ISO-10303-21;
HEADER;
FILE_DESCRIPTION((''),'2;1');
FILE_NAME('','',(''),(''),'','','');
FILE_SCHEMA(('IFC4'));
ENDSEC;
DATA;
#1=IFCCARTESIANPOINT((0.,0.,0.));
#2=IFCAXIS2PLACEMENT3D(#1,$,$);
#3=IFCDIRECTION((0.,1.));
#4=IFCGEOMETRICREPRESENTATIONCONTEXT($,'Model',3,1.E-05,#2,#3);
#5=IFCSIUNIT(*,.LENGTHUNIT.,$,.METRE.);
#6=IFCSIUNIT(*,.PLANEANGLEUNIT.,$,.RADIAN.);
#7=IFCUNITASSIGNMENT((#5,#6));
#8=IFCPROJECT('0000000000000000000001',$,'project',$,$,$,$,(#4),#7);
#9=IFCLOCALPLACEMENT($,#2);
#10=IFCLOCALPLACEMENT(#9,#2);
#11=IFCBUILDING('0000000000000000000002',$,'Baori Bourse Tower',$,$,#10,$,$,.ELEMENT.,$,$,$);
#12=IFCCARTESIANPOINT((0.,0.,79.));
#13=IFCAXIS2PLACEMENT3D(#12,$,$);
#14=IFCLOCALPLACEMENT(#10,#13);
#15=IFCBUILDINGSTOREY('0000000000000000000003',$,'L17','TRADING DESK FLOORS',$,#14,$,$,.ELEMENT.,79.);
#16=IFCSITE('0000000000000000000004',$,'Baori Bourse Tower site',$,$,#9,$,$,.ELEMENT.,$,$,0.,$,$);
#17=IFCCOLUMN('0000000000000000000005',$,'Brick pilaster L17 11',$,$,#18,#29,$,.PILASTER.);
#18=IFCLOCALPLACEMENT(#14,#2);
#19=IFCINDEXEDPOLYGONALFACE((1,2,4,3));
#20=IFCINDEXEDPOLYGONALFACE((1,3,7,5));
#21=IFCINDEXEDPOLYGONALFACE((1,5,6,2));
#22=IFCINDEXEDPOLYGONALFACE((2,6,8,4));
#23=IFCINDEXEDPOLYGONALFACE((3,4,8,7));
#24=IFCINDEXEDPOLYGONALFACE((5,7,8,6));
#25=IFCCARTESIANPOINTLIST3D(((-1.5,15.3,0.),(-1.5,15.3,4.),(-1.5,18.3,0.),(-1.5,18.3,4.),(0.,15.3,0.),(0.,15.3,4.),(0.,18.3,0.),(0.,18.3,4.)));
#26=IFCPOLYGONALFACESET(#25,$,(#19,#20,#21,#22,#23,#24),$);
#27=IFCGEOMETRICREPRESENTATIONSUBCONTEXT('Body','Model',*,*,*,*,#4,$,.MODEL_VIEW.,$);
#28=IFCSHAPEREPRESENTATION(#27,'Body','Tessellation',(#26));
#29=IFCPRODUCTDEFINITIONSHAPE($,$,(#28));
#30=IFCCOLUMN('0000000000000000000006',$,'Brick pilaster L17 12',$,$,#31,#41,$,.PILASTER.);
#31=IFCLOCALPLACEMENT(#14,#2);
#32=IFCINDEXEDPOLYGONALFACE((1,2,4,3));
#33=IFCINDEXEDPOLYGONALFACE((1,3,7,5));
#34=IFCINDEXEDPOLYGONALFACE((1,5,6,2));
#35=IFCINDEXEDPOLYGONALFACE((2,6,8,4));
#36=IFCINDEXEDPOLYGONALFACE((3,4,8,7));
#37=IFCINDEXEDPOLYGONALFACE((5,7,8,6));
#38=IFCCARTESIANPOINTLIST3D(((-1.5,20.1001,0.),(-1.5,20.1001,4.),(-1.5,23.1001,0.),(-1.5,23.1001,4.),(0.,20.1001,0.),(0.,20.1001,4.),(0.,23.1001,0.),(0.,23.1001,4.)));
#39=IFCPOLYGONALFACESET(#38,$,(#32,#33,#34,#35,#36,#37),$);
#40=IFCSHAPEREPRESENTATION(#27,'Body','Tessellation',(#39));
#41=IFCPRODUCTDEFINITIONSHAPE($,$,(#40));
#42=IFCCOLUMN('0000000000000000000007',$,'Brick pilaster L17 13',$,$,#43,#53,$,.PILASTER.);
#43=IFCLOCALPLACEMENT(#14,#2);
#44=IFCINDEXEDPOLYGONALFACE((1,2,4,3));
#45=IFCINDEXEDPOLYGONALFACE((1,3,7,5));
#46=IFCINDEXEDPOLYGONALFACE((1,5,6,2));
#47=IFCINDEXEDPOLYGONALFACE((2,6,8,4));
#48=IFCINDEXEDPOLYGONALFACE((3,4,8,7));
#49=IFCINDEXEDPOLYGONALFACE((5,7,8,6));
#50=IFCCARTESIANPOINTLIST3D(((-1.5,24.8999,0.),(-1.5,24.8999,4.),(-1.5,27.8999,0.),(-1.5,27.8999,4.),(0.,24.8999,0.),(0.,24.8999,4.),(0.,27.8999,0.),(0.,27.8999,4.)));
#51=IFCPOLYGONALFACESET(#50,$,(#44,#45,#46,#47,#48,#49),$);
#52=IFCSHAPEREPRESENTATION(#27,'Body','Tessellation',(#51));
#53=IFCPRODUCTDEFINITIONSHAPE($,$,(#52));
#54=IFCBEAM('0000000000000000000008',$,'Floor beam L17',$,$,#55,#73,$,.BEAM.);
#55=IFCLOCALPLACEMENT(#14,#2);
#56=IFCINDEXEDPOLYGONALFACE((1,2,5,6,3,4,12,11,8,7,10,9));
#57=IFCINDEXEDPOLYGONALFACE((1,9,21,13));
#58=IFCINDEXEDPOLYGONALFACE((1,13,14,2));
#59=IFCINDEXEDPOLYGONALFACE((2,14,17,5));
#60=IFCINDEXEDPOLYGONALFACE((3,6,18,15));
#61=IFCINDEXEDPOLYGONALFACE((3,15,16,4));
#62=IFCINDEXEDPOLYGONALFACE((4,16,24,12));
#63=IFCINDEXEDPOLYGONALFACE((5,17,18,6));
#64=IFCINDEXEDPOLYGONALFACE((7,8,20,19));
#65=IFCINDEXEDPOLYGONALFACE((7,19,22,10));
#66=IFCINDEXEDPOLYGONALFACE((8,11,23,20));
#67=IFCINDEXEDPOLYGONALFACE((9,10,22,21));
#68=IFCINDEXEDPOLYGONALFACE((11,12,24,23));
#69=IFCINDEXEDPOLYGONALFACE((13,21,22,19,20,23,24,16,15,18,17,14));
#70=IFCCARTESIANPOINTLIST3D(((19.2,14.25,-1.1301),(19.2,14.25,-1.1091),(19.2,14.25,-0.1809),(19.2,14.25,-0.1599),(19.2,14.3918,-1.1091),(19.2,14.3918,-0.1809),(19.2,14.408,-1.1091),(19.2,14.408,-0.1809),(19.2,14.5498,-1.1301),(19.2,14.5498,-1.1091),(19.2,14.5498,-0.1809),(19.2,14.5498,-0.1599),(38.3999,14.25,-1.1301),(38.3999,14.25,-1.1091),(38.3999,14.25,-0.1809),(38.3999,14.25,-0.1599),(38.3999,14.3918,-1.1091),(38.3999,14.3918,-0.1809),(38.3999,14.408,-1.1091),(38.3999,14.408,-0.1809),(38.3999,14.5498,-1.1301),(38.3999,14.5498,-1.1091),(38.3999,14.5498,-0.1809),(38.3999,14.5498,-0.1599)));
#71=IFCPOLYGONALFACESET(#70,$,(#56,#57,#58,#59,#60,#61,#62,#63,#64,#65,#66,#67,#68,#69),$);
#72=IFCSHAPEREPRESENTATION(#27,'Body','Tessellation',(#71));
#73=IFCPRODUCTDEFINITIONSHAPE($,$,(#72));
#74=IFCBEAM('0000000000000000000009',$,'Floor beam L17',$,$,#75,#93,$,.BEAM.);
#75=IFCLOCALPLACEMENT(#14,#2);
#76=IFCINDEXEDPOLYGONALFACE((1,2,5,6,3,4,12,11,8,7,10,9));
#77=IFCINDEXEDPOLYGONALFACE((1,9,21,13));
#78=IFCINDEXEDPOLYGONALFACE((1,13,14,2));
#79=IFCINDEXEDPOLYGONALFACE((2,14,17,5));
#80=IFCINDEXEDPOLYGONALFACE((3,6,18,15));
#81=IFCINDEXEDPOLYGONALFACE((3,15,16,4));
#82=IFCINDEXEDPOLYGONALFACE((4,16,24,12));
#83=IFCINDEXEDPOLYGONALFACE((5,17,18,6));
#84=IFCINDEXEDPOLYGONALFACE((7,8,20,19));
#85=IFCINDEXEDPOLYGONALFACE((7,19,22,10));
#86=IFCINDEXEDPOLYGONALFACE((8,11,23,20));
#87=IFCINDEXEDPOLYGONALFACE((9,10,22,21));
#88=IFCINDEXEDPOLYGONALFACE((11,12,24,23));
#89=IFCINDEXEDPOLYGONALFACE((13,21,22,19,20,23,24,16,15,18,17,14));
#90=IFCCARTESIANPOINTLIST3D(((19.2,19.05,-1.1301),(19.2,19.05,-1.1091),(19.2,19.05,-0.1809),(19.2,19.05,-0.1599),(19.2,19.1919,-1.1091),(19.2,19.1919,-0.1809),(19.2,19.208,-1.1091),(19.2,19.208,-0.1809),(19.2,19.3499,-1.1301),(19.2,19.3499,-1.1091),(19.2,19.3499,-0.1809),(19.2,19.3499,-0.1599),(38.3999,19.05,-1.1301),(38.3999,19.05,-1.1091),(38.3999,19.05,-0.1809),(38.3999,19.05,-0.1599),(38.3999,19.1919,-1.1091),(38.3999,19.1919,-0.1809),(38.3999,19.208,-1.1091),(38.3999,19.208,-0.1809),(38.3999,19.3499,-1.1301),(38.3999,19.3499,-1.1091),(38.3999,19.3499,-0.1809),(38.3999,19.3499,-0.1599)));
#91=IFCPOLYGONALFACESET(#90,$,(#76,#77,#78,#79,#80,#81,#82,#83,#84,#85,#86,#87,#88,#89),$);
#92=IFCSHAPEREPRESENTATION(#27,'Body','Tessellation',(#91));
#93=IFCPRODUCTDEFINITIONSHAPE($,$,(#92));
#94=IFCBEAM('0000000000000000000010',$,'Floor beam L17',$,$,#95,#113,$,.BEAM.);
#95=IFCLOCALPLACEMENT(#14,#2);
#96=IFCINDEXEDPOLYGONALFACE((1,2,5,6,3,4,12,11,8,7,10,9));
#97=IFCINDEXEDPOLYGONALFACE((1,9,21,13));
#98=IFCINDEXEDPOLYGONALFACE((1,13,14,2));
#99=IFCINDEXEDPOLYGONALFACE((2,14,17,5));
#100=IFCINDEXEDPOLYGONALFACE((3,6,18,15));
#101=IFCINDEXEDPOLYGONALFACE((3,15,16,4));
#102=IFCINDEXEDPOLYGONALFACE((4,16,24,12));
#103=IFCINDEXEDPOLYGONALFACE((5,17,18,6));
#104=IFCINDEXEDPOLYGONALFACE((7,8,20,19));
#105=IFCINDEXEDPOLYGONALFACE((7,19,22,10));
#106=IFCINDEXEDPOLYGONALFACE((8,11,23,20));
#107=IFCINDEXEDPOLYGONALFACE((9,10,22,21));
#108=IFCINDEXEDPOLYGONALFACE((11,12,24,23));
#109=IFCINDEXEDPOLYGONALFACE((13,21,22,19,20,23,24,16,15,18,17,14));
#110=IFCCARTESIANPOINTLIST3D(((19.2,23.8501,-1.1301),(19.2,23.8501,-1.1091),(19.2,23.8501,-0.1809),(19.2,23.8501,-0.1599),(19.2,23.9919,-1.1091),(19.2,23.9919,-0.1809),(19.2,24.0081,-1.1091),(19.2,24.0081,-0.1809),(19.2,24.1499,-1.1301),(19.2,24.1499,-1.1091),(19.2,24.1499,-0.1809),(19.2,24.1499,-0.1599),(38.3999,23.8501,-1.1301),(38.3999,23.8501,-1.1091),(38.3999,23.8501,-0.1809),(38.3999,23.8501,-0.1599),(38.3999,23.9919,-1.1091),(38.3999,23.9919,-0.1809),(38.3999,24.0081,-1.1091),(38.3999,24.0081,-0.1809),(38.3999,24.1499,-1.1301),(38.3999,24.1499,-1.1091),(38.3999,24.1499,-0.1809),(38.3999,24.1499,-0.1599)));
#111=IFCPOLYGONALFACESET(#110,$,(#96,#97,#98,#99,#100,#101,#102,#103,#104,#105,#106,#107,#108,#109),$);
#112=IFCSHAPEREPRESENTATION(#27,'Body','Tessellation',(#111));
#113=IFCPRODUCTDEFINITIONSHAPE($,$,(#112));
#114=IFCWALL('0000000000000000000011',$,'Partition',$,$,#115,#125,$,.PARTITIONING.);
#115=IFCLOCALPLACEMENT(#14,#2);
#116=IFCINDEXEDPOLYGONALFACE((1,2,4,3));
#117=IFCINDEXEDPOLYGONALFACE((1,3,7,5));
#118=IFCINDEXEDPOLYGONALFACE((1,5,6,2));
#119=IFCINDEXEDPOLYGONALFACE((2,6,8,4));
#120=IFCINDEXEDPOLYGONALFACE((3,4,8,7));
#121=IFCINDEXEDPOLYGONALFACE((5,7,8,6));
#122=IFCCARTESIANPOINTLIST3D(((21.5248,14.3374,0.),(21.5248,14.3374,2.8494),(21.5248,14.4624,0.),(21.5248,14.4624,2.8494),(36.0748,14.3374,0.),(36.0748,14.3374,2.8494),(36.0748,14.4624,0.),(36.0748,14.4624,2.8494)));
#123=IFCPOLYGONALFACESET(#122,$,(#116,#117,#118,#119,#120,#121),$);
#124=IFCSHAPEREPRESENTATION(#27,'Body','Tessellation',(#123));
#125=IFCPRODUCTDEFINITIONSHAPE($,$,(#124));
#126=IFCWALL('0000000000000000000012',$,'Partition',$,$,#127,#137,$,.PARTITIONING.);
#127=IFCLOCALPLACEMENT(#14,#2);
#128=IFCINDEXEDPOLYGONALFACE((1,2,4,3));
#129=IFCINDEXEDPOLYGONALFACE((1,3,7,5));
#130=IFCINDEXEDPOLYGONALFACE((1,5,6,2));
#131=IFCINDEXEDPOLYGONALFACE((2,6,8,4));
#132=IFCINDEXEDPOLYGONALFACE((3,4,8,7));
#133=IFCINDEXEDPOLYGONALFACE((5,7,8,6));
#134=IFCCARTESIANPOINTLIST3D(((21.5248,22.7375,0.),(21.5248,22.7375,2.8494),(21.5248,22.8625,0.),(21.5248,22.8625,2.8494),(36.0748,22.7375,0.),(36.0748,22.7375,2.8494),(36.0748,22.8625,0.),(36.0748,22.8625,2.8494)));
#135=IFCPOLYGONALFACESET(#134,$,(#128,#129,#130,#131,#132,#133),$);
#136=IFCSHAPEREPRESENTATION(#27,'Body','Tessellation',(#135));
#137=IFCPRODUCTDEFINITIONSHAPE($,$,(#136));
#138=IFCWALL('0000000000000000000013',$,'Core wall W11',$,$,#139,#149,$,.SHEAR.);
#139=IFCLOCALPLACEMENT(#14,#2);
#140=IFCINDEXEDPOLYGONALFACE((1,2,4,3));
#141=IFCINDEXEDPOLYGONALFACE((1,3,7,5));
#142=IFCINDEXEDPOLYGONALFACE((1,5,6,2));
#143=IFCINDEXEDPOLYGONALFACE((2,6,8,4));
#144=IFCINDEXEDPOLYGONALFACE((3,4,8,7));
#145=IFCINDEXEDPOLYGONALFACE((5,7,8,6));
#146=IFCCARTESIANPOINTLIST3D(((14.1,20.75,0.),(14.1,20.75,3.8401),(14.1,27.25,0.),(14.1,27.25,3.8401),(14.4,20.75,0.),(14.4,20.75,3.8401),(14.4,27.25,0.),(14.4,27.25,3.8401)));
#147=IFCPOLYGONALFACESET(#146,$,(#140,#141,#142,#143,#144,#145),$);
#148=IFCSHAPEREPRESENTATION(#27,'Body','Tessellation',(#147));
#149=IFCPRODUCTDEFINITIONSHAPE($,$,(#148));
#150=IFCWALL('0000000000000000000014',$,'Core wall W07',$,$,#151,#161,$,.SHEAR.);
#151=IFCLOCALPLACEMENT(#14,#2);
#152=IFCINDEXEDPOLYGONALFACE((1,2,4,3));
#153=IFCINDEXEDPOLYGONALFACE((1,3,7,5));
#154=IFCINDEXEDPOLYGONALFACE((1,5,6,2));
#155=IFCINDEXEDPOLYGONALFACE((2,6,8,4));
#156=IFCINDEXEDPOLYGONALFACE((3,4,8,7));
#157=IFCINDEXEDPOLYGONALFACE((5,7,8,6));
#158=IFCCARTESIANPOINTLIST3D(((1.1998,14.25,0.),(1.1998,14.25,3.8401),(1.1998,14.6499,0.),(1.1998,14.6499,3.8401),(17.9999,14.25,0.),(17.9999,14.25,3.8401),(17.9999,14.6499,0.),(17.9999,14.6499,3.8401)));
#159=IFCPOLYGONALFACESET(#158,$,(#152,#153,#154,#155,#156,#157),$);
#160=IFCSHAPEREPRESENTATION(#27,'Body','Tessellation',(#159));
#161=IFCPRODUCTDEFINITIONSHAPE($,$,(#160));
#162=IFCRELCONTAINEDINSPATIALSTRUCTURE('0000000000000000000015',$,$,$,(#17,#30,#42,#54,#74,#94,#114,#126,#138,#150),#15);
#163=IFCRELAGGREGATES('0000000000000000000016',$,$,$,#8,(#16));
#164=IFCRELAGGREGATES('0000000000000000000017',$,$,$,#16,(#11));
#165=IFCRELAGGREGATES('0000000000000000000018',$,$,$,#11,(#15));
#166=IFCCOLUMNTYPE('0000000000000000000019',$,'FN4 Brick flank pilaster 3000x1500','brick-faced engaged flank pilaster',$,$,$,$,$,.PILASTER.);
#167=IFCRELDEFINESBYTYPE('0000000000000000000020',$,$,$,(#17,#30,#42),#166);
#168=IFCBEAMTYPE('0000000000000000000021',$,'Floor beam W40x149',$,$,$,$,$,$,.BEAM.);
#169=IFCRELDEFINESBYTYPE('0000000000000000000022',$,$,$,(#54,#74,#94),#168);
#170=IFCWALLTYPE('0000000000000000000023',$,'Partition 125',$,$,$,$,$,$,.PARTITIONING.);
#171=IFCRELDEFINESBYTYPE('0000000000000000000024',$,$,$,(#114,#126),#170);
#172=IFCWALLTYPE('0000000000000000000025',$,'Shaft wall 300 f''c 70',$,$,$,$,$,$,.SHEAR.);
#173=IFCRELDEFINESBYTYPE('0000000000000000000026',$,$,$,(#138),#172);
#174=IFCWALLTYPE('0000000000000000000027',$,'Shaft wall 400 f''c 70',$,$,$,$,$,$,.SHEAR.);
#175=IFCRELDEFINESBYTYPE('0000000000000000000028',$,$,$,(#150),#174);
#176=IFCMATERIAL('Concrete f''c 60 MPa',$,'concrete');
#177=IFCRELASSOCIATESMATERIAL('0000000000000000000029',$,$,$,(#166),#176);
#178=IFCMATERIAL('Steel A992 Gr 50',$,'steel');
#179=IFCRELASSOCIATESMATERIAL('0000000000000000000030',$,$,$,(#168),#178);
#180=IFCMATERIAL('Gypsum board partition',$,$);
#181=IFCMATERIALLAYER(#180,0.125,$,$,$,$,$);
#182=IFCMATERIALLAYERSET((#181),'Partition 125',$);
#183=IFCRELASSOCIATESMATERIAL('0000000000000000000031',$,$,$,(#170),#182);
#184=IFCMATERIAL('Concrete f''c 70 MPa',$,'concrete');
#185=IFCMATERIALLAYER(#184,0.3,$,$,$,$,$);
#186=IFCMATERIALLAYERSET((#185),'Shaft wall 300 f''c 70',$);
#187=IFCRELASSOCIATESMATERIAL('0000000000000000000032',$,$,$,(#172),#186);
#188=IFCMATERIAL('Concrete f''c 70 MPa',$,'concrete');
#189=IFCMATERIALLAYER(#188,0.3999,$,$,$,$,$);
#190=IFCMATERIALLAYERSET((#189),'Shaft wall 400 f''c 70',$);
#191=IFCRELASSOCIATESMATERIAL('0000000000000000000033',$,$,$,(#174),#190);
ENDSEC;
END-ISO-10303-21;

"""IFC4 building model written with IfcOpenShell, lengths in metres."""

from ifc_helpers import new_model, si_unit, direction, frame, frame_2d, origin, origin_2d, place, context, subcontext, project, spatial, rectangle, i_section, extrude, material, layer, layer_set, material_profile, profile_set, type_object, element, save


model = new_model("IFC4")

# Units and contexts
model_context = context("Model", 3, precision=1e-05, world=origin(), true_north=direction((0.0, 1.0)))
body_context = subcontext(model_context, "Body", "Model", "MODEL_VIEW")
ifc_project = project(units=[si_unit("LENGTHUNIT", "METRE"), si_unit("PLANEANGLEUNIT", "RADIAN")], contexts=[model_context])

# Site, building, storey
site_placement = place(None, origin())
site = spatial("IfcSite", under=ifc_project, at=site_placement, Name="Baori Bourse Tower site", CompositionType="ELEMENT", RefElevation=0.0)
building_placement = place(site_placement, origin())
building = spatial("IfcBuilding", under=site, at=building_placement, Name="Baori Bourse Tower", CompositionType="ELEMENT")
storey_placement = place(building_placement, frame((0.0, 0.0, 79.0)))
storey = spatial("IfcBuildingStorey", under=building, at=storey_placement, Name="L17", Description="TRADING DESK FLOORS", CompositionType="ELEMENT", Elevation=79.0)

# Columns
ifc_material_1 = material(Name="Concrete f'c 60 MPa", Category="concrete")
ifc_material_profile_1 = material_profile(ifc_material_1, rectangle(XDim=3.0, YDim=1.5, at=origin_2d()), Name="RC 3000x1500")
ifc_profile_set_1 = profile_set([ifc_material_profile_1], Name="Concrete f'c 60 MPa")
column_type = type_object("IfcColumnType", Name="FN4 Brick flank pilaster 3000x1500", Description="brick-faced engaged flank pilaster", PredefinedType="PILASTER", material=ifc_profile_set_1)
for number, where, z_axis, x_axis, name in (
    (1, (-0.75, 16.8, 0.0), (0.0, 0.0, 1.0), (0.0, 1.0, 0.0), "Brick pilaster L17 11"),
    (2, (-0.75, 21.6001, 0.0), (0.0, 0.0, 1.0), (0.0, 1.0, 0.0), "Brick pilaster L17 12"),
    (3, (-0.75, 26.3999, 0.0), (0.0, 0.0, 1.0), (0.0, 1.0, 0.0), "Brick pilaster L17 13"),
):
    element("IfcColumn", number, at=place(storey_placement, frame(where, z_axis=z_axis, x_axis=x_axis)), inside=storey, type_object=column_type, Name=name, PredefinedType="PILASTER", context=body_context, shape_type="SweptSolid", body=[
        extrude(rectangle(XDim=3.0, YDim=1.5, at=origin_2d()), origin(), (0.0, 0.0, 1.0), 4.0),
    ])

# Beams
ifc_material_2 = material(Name="Steel A992 Gr 50", Category="steel")
ifc_material_profile_2 = material_profile(ifc_material_2, i_section(OverallWidth=0.2998, OverallDepth=0.9702, WebThickness=0.0161, FlangeThickness=0.021, at=origin_2d()), Name="W40x149")
ifc_profile_set_2 = profile_set([ifc_material_profile_2], Name="Steel A992 Gr 50")
beam_type = type_object("IfcBeamType", Name="Floor beam W40x149", PredefinedType="BEAM", material=ifc_profile_set_2)
for number, where, z_axis, x_axis, name in (
    (4, (19.2, 14.3999, -0.645), (1.0, 0.0, 0.0), (0.0, 1.0, 0.0), "Floor beam L17"),
    (5, (19.2, 19.2, -0.645), (1.0, 0.0, 0.0), (0.0, 1.0, 0.0), "Floor beam L17"),
    (6, (19.2, 24.0, -0.645), (1.0, 0.0, 0.0), (0.0, 1.0, 0.0), "Floor beam L17"),
):
    element("IfcBeam", number, at=place(storey_placement, frame(where, z_axis=z_axis, x_axis=x_axis)), inside=storey, type_object=beam_type, Name=name, PredefinedType="BEAM", context=body_context, shape_type="SweptSolid", body=[
        extrude(i_section(OverallWidth=0.2998, OverallDepth=0.9702, WebThickness=0.0161, FlangeThickness=0.021, at=origin_2d()), origin(), (0.0, 0.0, 1.0), 19.2),
    ])

# Walls
ifc_material_3 = material(Name="Gypsum board partition")
ifc_layer_1 = layer(ifc_material_3, 0.125)
ifc_layer_set_1 = layer_set([ifc_layer_1], Name="Partition 125")
wall_type_1 = type_object("IfcWallType", Name="Partition 125", PredefinedType="PARTITIONING", material=ifc_layer_set_1)
for number, where, z_axis, x_axis, name in (
    (7, (21.5249, 14.3999, 0.0), (0.0, 0.0, 1.0), (1.0, 0.0, 0.0), "Partition"),
    (8, (21.5249, 22.8, 0.0), (0.0, 0.0, 1.0), (1.0, 0.0, 0.0), "Partition"),
):
    element("IfcWall", number, at=place(storey_placement, frame(where, z_axis=z_axis, x_axis=x_axis)), inside=storey, type_object=wall_type_1, Name=name, PredefinedType="PARTITIONING", context=body_context, shape_type="SweptSolid", body=[
        extrude(rectangle(XDim=14.55, YDim=0.125, at=frame_2d((7.2749, 0.0))), origin(), (0.0, 0.0, 1.0), 2.8494),
    ])
ifc_material_4 = material(Name="Concrete f'c 70 MPa", Category="concrete")
ifc_layer_2 = layer(ifc_material_4, 0.3)
ifc_layer_set_2 = layer_set([ifc_layer_2], Name="Shaft wall 300 f'c 70")
wall_type_2 = type_object("IfcWallType", Name="Shaft wall 300 f'c 70", PredefinedType="SHEAR", material=ifc_layer_set_2)
wall_1_placement = place(storey_placement, frame((14.25, 20.75, 0.0), z_axis=(0.0, 0.0, 1.0), x_axis=(0.0, 1.0, 0.0)))
element("IfcWall", 9, at=wall_1_placement, inside=storey, type_object=wall_type_2, Name="Core wall W11", PredefinedType="SHEAR", context=body_context, shape_type="SweptSolid", body=[
    extrude(rectangle(XDim=6.5, YDim=0.3, at=frame_2d((3.25, 0.0))), origin(), (0.0, 0.0, 1.0), 3.8401),
])
ifc_material_5 = material(Name="Concrete f'c 70 MPa", Category="concrete")
ifc_layer_3 = layer(ifc_material_5, 0.3999)
ifc_layer_set_3 = layer_set([ifc_layer_3], Name="Shaft wall 400 f'c 70")
wall_type_3 = type_object("IfcWallType", Name="Shaft wall 400 f'c 70", PredefinedType="SHEAR", material=ifc_layer_set_3)
wall_2_placement = place(storey_placement, frame((1.2, 14.45, 0.0), z_axis=(0.0, 0.0, 1.0), x_axis=(1.0, 0.0, 0.0)))
element("IfcWall", 10, at=wall_2_placement, inside=storey, type_object=wall_type_3, Name="Core wall W07", PredefinedType="SHEAR", context=body_context, shape_type="SweptSolid", body=[
    extrude(rectangle(XDim=16.8, YDim=0.3999, at=frame_2d((8.3999, 0.0))), origin(), (0.0, 0.0, 1.0), 3.8401),
])

save(model, "model.ifc")
